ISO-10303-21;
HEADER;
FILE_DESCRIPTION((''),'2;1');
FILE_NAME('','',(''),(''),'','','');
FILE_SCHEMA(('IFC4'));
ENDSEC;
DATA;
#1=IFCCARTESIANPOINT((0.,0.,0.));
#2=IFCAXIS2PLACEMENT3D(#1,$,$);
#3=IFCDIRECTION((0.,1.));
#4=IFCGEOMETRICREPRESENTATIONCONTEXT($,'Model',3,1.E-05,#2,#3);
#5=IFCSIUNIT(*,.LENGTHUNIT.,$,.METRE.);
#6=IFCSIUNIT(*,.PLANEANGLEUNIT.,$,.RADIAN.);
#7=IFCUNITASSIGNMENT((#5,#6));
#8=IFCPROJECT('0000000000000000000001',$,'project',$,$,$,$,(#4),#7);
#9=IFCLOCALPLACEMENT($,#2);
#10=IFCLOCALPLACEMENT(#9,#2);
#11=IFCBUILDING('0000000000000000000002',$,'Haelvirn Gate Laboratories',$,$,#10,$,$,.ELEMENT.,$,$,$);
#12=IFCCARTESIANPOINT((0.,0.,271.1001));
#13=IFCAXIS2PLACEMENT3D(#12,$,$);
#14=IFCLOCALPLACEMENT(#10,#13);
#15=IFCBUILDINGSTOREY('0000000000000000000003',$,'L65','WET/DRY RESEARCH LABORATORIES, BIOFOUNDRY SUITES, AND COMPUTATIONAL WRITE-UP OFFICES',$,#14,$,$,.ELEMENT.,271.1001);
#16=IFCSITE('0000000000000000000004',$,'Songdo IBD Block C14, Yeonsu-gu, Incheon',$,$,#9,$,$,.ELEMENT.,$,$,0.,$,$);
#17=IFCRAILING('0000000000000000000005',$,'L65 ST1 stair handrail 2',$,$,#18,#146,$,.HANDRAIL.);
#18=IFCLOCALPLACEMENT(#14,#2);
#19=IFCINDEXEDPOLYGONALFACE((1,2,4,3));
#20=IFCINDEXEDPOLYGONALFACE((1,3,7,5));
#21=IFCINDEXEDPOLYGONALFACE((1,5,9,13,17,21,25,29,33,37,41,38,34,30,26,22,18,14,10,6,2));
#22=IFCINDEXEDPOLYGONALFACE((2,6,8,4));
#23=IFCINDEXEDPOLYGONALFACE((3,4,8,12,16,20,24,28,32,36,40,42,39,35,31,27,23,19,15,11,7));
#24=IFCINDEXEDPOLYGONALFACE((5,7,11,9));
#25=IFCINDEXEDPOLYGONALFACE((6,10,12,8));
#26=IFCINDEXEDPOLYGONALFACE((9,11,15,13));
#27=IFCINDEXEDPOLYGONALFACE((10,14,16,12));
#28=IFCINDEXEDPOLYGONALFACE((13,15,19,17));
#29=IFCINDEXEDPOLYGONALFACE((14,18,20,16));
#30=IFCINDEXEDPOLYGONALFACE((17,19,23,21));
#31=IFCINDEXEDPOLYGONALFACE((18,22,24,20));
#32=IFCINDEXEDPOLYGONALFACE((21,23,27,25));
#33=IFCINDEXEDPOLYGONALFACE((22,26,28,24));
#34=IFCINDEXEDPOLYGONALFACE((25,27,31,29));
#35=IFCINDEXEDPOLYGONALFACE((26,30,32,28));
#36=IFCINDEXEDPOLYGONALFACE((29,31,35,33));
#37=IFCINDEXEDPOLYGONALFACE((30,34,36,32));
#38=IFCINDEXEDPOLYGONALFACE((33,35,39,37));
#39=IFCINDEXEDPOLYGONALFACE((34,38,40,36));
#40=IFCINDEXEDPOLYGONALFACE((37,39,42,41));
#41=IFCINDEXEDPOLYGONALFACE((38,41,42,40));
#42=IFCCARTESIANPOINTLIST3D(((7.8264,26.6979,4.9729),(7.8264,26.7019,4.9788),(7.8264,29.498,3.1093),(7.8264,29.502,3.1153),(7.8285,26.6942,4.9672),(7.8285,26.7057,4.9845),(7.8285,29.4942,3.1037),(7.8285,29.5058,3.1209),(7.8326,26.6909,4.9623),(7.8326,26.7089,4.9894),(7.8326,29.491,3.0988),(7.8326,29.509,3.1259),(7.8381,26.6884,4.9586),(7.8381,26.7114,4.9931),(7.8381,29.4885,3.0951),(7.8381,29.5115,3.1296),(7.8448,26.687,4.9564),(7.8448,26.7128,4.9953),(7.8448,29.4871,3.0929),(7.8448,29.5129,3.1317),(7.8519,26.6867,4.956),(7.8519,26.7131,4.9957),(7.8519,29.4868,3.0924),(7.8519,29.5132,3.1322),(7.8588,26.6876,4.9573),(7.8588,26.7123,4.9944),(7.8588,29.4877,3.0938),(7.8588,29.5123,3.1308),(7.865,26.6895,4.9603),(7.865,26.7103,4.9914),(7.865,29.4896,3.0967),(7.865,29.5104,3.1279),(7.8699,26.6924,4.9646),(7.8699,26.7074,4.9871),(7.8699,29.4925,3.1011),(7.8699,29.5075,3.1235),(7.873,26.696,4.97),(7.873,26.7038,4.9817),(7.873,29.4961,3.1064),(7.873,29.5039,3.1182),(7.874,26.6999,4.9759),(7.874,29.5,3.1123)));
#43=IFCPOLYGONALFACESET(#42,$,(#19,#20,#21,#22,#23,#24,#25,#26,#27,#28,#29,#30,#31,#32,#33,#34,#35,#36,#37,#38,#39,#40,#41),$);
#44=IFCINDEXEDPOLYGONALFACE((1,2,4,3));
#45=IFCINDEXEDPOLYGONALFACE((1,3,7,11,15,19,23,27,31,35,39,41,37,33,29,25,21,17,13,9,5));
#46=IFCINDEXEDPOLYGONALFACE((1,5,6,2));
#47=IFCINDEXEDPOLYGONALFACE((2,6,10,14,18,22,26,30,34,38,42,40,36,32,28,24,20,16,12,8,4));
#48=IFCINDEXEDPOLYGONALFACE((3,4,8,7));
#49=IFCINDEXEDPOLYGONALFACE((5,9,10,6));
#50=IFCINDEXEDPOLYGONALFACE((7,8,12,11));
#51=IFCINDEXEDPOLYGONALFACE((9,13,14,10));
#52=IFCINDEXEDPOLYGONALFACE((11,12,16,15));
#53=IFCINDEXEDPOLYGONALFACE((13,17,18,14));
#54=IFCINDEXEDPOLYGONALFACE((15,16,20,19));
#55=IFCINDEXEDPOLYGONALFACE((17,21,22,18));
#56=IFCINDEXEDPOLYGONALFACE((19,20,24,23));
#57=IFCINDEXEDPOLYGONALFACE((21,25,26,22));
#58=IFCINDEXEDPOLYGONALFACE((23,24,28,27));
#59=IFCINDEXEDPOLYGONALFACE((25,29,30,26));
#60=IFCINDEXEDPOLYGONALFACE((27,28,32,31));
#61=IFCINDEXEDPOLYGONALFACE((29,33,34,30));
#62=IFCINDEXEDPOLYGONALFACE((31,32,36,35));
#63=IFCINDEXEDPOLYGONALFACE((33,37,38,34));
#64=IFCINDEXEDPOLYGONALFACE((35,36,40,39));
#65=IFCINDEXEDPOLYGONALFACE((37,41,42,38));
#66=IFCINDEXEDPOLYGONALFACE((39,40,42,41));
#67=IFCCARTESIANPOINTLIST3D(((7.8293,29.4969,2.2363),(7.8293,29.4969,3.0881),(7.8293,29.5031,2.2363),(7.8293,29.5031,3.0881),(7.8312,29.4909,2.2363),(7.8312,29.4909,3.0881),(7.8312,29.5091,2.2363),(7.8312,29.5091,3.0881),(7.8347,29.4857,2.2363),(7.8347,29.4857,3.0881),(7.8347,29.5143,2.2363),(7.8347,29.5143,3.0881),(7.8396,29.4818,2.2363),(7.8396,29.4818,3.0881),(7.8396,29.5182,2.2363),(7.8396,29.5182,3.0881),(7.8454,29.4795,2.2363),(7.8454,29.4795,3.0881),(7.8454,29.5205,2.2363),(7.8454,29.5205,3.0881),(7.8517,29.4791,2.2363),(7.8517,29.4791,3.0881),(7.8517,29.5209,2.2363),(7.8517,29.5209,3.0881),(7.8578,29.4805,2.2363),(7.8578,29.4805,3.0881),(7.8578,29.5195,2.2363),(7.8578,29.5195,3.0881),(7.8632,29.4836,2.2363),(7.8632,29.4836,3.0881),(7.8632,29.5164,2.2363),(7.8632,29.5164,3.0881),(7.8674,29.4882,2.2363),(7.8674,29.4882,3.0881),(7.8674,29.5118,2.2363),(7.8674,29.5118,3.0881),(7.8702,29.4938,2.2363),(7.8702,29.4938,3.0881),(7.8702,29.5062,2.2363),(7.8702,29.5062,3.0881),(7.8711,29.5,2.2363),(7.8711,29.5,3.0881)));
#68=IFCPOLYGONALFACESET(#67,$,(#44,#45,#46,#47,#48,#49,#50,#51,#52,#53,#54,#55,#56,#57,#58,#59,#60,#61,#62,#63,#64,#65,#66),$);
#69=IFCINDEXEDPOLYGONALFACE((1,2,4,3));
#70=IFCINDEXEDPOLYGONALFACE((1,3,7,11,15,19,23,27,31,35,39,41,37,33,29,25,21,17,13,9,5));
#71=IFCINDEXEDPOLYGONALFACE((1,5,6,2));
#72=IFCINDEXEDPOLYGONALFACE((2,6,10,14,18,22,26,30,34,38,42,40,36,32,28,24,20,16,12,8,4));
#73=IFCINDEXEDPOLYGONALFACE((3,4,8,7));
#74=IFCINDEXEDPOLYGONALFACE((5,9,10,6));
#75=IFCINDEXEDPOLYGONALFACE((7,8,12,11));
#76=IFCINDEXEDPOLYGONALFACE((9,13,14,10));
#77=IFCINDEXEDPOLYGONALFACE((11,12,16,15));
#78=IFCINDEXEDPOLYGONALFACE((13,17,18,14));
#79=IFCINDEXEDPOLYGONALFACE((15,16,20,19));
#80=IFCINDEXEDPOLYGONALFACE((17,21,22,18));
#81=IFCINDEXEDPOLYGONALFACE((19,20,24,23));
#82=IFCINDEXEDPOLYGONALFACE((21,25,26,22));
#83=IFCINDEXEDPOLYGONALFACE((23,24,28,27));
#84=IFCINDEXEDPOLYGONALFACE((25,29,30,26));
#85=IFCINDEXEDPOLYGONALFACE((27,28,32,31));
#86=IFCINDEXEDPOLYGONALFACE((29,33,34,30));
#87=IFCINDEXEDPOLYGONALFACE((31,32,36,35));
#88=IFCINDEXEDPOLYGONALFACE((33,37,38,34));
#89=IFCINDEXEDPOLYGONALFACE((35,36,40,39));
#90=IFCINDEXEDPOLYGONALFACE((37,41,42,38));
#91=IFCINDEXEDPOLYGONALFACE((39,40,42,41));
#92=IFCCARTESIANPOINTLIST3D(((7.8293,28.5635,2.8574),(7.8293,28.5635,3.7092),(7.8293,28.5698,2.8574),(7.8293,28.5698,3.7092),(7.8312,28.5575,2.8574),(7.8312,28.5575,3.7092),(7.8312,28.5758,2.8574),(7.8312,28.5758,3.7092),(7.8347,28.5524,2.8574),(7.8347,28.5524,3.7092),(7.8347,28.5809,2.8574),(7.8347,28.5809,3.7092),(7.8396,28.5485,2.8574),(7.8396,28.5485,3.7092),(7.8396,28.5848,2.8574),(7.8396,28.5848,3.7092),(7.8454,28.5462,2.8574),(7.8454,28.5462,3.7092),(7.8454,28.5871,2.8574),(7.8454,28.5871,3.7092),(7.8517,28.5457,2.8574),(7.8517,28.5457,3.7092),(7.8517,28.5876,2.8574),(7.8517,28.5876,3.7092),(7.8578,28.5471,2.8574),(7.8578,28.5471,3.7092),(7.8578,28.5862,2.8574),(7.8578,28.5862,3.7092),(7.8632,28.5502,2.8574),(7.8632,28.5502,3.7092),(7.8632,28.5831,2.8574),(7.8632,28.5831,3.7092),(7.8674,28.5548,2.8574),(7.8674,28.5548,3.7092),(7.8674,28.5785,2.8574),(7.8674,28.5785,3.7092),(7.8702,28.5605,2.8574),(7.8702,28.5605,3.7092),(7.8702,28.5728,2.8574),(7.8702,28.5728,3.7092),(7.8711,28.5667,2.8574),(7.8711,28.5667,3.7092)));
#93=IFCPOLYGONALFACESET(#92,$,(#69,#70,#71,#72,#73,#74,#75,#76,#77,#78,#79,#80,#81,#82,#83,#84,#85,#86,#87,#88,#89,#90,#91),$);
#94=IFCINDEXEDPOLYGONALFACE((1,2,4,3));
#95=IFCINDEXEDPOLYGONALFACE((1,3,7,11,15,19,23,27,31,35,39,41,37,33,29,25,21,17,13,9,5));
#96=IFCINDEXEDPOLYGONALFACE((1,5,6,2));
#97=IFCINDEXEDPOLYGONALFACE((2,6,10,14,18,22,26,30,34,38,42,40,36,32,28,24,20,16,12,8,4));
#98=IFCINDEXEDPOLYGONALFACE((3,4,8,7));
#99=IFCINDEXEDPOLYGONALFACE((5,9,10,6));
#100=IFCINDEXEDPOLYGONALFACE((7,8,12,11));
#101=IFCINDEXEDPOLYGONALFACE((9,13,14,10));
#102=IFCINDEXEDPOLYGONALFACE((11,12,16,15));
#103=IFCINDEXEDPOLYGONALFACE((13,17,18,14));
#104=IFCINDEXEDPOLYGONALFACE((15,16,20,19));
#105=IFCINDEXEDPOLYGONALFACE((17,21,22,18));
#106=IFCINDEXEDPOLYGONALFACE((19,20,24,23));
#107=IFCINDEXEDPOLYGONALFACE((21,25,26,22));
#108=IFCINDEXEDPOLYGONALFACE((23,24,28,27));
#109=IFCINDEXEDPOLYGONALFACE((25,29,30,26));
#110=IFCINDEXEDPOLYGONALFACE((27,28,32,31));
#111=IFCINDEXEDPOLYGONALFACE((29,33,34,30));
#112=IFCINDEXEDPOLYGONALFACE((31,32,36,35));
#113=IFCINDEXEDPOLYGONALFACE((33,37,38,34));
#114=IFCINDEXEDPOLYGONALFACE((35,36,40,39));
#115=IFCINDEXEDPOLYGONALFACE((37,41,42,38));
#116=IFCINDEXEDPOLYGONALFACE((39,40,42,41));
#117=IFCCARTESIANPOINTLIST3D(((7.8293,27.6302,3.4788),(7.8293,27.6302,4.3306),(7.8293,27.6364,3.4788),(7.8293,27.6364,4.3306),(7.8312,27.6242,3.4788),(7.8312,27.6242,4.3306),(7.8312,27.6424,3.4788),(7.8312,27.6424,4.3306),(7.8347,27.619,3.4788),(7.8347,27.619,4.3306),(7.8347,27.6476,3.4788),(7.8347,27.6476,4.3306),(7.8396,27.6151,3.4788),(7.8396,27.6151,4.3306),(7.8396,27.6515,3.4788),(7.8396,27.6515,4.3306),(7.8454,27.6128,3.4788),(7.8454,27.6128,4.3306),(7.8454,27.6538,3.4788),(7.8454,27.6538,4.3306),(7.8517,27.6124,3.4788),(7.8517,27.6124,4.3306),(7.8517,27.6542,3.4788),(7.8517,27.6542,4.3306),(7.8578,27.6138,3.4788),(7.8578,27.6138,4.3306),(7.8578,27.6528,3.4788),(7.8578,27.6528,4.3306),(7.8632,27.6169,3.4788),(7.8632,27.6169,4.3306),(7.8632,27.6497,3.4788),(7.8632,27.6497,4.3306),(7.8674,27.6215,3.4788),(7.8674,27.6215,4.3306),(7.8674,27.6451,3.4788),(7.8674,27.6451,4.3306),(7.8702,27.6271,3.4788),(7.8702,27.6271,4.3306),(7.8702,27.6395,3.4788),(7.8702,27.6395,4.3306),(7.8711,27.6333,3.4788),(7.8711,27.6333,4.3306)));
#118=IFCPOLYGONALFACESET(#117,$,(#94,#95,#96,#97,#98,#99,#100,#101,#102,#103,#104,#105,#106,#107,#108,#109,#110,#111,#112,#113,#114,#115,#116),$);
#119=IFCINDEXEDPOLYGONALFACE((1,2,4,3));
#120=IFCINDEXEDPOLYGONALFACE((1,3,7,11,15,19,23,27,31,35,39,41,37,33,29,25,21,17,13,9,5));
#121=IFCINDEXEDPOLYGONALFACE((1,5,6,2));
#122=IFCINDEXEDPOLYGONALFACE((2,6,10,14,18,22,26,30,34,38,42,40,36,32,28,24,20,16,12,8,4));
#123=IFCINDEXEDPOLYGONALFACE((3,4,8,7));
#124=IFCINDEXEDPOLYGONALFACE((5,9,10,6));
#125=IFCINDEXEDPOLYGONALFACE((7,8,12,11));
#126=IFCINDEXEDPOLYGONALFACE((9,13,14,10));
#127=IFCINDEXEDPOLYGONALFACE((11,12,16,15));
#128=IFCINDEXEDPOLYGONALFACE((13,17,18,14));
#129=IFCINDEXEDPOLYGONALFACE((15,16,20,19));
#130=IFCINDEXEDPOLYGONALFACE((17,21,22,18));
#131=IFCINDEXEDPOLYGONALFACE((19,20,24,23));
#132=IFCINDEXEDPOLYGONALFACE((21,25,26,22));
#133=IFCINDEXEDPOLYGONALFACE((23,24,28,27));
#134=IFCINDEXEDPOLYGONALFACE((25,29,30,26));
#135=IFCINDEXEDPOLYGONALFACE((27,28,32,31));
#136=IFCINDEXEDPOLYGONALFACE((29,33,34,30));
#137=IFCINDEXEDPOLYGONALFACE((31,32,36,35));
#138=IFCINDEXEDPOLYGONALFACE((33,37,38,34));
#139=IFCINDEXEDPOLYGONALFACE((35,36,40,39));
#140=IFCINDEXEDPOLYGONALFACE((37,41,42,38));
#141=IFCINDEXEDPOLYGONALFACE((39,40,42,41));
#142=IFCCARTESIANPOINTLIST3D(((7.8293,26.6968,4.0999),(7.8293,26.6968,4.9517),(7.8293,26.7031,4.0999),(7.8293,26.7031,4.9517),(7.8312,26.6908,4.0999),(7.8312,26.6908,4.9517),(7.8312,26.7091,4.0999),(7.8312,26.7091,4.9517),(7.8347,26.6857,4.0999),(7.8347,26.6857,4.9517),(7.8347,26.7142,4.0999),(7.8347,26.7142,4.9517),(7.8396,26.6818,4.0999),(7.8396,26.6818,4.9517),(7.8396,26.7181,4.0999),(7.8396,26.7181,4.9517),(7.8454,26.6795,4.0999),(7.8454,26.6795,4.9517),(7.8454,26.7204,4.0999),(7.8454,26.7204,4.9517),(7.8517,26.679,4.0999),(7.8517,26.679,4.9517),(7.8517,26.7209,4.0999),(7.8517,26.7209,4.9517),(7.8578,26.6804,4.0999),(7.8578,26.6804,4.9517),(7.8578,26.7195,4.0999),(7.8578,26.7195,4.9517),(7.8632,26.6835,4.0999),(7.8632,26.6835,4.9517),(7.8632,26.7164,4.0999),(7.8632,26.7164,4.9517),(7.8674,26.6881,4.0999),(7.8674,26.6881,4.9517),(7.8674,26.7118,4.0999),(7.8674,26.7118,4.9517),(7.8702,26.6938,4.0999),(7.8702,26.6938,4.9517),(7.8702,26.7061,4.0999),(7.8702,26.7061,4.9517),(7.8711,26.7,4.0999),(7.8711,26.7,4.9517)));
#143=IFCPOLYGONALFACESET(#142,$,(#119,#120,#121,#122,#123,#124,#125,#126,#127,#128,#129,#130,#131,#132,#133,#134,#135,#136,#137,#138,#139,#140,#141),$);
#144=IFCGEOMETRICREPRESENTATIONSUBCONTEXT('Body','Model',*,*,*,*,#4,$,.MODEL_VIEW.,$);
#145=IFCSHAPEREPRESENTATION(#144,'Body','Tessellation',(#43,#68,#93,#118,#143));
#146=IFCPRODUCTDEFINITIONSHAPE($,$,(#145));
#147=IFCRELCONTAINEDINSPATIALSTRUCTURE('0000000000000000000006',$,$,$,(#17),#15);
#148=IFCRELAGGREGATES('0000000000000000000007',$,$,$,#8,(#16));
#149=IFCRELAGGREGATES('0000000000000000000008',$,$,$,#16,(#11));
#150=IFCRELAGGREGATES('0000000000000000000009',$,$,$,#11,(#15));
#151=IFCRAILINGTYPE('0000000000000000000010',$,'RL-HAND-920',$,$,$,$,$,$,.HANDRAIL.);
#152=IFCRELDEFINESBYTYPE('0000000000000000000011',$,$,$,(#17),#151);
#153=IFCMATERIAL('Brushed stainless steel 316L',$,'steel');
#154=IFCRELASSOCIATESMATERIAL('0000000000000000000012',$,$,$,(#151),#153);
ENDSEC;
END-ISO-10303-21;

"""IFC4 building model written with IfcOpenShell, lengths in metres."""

from ifc_helpers import new_model, si_unit, direction, frame, origin, origin_2d, place, context, subcontext, project, spatial, circle, extrude, source, transform, mapped, material, type_object, element, save


model = new_model("IFC4")

# Units and contexts
model_context = context("Model", 3, precision=1e-05, world=origin(), true_north=direction((0.0, 1.0)))
body_context = subcontext(model_context, "Body", "Model", "MODEL_VIEW")
ifc_project = project(units=[si_unit("LENGTHUNIT", "METRE"), si_unit("PLANEANGLEUNIT", "RADIAN")], contexts=[model_context])

# Site, building, storey
site_placement = place(None, origin())
site = spatial("IfcSite", under=ifc_project, at=site_placement, Name="Songdo IBD Block C14, Yeonsu-gu, Incheon", CompositionType="ELEMENT", RefElevation=0.0)
building_placement = place(site_placement, origin())
building = spatial("IfcBuilding", under=site, at=building_placement, Name="Haelvirn Gate Laboratories", CompositionType="ELEMENT")
storey_placement = place(building_placement, frame((0.0, 0.0, 271.1001)))
storey = spatial("IfcBuildingStorey", under=building, at=storey_placement, Name="L65", Description="WET/DRY RESEARCH LABORATORIES, BIOFOUNDRY SUITES, AND COMPUTATIONAL WRITE-UP OFFICES", CompositionType="ELEMENT", Elevation=271.1001)

# Railing
ifc_material_1 = material(Name="Brushed stainless steel 316L", Category="steel")
railing_type_1 = type_object("IfcRailingType", Name="RL-HAND-920", PredefinedType="HANDRAIL", material=ifc_material_1)
shared_shape_1 = source(origin(), body_context, "Body", "SweptSolid", [
    extrude(circle(Radius=0.0239, at=origin_2d()), frame((0.0, 0.0, 0.876), z_axis=(0.0, -0.832486, 0.554047), x_axis=(1.0, 0.0, 0.0)), (0.0, 0.0, 1.0), 3.3635),
    extrude(circle(Radius=0.021, at=origin_2d()), origin(), (0.0, 0.0, 1.0), 0.8518),
    extrude(circle(Radius=0.021, at=origin_2d()), frame((0.0, -0.9333, 0.6211)), (0.0, 0.0, 1.0), 0.8518),
    extrude(circle(Radius=0.021, at=origin_2d()), frame((0.0, -1.8667, 1.2424)), (0.0, 0.0, 1.0), 0.8518),
    extrude(circle(Radius=0.021, at=origin_2d()), frame((0.0, -2.8, 1.8635)), (0.0, 0.0, 1.0), 0.8518),
])
railing_1_placement = place(storey_placement, frame((7.8501, 29.5, 2.2363)))
element("IfcRailing", 1, at=railing_1_placement, inside=storey, type_object=railing_type_1, Name="L65 ST1 stair handrail 2", PredefinedType="HANDRAIL", context=body_context, shape_type="MappedRepresentation", body=[
    mapped(shared_shape_1, transform((0.0, 0.0, 0.0), scale=1.0)),
])

save(model, "model.ifc")
